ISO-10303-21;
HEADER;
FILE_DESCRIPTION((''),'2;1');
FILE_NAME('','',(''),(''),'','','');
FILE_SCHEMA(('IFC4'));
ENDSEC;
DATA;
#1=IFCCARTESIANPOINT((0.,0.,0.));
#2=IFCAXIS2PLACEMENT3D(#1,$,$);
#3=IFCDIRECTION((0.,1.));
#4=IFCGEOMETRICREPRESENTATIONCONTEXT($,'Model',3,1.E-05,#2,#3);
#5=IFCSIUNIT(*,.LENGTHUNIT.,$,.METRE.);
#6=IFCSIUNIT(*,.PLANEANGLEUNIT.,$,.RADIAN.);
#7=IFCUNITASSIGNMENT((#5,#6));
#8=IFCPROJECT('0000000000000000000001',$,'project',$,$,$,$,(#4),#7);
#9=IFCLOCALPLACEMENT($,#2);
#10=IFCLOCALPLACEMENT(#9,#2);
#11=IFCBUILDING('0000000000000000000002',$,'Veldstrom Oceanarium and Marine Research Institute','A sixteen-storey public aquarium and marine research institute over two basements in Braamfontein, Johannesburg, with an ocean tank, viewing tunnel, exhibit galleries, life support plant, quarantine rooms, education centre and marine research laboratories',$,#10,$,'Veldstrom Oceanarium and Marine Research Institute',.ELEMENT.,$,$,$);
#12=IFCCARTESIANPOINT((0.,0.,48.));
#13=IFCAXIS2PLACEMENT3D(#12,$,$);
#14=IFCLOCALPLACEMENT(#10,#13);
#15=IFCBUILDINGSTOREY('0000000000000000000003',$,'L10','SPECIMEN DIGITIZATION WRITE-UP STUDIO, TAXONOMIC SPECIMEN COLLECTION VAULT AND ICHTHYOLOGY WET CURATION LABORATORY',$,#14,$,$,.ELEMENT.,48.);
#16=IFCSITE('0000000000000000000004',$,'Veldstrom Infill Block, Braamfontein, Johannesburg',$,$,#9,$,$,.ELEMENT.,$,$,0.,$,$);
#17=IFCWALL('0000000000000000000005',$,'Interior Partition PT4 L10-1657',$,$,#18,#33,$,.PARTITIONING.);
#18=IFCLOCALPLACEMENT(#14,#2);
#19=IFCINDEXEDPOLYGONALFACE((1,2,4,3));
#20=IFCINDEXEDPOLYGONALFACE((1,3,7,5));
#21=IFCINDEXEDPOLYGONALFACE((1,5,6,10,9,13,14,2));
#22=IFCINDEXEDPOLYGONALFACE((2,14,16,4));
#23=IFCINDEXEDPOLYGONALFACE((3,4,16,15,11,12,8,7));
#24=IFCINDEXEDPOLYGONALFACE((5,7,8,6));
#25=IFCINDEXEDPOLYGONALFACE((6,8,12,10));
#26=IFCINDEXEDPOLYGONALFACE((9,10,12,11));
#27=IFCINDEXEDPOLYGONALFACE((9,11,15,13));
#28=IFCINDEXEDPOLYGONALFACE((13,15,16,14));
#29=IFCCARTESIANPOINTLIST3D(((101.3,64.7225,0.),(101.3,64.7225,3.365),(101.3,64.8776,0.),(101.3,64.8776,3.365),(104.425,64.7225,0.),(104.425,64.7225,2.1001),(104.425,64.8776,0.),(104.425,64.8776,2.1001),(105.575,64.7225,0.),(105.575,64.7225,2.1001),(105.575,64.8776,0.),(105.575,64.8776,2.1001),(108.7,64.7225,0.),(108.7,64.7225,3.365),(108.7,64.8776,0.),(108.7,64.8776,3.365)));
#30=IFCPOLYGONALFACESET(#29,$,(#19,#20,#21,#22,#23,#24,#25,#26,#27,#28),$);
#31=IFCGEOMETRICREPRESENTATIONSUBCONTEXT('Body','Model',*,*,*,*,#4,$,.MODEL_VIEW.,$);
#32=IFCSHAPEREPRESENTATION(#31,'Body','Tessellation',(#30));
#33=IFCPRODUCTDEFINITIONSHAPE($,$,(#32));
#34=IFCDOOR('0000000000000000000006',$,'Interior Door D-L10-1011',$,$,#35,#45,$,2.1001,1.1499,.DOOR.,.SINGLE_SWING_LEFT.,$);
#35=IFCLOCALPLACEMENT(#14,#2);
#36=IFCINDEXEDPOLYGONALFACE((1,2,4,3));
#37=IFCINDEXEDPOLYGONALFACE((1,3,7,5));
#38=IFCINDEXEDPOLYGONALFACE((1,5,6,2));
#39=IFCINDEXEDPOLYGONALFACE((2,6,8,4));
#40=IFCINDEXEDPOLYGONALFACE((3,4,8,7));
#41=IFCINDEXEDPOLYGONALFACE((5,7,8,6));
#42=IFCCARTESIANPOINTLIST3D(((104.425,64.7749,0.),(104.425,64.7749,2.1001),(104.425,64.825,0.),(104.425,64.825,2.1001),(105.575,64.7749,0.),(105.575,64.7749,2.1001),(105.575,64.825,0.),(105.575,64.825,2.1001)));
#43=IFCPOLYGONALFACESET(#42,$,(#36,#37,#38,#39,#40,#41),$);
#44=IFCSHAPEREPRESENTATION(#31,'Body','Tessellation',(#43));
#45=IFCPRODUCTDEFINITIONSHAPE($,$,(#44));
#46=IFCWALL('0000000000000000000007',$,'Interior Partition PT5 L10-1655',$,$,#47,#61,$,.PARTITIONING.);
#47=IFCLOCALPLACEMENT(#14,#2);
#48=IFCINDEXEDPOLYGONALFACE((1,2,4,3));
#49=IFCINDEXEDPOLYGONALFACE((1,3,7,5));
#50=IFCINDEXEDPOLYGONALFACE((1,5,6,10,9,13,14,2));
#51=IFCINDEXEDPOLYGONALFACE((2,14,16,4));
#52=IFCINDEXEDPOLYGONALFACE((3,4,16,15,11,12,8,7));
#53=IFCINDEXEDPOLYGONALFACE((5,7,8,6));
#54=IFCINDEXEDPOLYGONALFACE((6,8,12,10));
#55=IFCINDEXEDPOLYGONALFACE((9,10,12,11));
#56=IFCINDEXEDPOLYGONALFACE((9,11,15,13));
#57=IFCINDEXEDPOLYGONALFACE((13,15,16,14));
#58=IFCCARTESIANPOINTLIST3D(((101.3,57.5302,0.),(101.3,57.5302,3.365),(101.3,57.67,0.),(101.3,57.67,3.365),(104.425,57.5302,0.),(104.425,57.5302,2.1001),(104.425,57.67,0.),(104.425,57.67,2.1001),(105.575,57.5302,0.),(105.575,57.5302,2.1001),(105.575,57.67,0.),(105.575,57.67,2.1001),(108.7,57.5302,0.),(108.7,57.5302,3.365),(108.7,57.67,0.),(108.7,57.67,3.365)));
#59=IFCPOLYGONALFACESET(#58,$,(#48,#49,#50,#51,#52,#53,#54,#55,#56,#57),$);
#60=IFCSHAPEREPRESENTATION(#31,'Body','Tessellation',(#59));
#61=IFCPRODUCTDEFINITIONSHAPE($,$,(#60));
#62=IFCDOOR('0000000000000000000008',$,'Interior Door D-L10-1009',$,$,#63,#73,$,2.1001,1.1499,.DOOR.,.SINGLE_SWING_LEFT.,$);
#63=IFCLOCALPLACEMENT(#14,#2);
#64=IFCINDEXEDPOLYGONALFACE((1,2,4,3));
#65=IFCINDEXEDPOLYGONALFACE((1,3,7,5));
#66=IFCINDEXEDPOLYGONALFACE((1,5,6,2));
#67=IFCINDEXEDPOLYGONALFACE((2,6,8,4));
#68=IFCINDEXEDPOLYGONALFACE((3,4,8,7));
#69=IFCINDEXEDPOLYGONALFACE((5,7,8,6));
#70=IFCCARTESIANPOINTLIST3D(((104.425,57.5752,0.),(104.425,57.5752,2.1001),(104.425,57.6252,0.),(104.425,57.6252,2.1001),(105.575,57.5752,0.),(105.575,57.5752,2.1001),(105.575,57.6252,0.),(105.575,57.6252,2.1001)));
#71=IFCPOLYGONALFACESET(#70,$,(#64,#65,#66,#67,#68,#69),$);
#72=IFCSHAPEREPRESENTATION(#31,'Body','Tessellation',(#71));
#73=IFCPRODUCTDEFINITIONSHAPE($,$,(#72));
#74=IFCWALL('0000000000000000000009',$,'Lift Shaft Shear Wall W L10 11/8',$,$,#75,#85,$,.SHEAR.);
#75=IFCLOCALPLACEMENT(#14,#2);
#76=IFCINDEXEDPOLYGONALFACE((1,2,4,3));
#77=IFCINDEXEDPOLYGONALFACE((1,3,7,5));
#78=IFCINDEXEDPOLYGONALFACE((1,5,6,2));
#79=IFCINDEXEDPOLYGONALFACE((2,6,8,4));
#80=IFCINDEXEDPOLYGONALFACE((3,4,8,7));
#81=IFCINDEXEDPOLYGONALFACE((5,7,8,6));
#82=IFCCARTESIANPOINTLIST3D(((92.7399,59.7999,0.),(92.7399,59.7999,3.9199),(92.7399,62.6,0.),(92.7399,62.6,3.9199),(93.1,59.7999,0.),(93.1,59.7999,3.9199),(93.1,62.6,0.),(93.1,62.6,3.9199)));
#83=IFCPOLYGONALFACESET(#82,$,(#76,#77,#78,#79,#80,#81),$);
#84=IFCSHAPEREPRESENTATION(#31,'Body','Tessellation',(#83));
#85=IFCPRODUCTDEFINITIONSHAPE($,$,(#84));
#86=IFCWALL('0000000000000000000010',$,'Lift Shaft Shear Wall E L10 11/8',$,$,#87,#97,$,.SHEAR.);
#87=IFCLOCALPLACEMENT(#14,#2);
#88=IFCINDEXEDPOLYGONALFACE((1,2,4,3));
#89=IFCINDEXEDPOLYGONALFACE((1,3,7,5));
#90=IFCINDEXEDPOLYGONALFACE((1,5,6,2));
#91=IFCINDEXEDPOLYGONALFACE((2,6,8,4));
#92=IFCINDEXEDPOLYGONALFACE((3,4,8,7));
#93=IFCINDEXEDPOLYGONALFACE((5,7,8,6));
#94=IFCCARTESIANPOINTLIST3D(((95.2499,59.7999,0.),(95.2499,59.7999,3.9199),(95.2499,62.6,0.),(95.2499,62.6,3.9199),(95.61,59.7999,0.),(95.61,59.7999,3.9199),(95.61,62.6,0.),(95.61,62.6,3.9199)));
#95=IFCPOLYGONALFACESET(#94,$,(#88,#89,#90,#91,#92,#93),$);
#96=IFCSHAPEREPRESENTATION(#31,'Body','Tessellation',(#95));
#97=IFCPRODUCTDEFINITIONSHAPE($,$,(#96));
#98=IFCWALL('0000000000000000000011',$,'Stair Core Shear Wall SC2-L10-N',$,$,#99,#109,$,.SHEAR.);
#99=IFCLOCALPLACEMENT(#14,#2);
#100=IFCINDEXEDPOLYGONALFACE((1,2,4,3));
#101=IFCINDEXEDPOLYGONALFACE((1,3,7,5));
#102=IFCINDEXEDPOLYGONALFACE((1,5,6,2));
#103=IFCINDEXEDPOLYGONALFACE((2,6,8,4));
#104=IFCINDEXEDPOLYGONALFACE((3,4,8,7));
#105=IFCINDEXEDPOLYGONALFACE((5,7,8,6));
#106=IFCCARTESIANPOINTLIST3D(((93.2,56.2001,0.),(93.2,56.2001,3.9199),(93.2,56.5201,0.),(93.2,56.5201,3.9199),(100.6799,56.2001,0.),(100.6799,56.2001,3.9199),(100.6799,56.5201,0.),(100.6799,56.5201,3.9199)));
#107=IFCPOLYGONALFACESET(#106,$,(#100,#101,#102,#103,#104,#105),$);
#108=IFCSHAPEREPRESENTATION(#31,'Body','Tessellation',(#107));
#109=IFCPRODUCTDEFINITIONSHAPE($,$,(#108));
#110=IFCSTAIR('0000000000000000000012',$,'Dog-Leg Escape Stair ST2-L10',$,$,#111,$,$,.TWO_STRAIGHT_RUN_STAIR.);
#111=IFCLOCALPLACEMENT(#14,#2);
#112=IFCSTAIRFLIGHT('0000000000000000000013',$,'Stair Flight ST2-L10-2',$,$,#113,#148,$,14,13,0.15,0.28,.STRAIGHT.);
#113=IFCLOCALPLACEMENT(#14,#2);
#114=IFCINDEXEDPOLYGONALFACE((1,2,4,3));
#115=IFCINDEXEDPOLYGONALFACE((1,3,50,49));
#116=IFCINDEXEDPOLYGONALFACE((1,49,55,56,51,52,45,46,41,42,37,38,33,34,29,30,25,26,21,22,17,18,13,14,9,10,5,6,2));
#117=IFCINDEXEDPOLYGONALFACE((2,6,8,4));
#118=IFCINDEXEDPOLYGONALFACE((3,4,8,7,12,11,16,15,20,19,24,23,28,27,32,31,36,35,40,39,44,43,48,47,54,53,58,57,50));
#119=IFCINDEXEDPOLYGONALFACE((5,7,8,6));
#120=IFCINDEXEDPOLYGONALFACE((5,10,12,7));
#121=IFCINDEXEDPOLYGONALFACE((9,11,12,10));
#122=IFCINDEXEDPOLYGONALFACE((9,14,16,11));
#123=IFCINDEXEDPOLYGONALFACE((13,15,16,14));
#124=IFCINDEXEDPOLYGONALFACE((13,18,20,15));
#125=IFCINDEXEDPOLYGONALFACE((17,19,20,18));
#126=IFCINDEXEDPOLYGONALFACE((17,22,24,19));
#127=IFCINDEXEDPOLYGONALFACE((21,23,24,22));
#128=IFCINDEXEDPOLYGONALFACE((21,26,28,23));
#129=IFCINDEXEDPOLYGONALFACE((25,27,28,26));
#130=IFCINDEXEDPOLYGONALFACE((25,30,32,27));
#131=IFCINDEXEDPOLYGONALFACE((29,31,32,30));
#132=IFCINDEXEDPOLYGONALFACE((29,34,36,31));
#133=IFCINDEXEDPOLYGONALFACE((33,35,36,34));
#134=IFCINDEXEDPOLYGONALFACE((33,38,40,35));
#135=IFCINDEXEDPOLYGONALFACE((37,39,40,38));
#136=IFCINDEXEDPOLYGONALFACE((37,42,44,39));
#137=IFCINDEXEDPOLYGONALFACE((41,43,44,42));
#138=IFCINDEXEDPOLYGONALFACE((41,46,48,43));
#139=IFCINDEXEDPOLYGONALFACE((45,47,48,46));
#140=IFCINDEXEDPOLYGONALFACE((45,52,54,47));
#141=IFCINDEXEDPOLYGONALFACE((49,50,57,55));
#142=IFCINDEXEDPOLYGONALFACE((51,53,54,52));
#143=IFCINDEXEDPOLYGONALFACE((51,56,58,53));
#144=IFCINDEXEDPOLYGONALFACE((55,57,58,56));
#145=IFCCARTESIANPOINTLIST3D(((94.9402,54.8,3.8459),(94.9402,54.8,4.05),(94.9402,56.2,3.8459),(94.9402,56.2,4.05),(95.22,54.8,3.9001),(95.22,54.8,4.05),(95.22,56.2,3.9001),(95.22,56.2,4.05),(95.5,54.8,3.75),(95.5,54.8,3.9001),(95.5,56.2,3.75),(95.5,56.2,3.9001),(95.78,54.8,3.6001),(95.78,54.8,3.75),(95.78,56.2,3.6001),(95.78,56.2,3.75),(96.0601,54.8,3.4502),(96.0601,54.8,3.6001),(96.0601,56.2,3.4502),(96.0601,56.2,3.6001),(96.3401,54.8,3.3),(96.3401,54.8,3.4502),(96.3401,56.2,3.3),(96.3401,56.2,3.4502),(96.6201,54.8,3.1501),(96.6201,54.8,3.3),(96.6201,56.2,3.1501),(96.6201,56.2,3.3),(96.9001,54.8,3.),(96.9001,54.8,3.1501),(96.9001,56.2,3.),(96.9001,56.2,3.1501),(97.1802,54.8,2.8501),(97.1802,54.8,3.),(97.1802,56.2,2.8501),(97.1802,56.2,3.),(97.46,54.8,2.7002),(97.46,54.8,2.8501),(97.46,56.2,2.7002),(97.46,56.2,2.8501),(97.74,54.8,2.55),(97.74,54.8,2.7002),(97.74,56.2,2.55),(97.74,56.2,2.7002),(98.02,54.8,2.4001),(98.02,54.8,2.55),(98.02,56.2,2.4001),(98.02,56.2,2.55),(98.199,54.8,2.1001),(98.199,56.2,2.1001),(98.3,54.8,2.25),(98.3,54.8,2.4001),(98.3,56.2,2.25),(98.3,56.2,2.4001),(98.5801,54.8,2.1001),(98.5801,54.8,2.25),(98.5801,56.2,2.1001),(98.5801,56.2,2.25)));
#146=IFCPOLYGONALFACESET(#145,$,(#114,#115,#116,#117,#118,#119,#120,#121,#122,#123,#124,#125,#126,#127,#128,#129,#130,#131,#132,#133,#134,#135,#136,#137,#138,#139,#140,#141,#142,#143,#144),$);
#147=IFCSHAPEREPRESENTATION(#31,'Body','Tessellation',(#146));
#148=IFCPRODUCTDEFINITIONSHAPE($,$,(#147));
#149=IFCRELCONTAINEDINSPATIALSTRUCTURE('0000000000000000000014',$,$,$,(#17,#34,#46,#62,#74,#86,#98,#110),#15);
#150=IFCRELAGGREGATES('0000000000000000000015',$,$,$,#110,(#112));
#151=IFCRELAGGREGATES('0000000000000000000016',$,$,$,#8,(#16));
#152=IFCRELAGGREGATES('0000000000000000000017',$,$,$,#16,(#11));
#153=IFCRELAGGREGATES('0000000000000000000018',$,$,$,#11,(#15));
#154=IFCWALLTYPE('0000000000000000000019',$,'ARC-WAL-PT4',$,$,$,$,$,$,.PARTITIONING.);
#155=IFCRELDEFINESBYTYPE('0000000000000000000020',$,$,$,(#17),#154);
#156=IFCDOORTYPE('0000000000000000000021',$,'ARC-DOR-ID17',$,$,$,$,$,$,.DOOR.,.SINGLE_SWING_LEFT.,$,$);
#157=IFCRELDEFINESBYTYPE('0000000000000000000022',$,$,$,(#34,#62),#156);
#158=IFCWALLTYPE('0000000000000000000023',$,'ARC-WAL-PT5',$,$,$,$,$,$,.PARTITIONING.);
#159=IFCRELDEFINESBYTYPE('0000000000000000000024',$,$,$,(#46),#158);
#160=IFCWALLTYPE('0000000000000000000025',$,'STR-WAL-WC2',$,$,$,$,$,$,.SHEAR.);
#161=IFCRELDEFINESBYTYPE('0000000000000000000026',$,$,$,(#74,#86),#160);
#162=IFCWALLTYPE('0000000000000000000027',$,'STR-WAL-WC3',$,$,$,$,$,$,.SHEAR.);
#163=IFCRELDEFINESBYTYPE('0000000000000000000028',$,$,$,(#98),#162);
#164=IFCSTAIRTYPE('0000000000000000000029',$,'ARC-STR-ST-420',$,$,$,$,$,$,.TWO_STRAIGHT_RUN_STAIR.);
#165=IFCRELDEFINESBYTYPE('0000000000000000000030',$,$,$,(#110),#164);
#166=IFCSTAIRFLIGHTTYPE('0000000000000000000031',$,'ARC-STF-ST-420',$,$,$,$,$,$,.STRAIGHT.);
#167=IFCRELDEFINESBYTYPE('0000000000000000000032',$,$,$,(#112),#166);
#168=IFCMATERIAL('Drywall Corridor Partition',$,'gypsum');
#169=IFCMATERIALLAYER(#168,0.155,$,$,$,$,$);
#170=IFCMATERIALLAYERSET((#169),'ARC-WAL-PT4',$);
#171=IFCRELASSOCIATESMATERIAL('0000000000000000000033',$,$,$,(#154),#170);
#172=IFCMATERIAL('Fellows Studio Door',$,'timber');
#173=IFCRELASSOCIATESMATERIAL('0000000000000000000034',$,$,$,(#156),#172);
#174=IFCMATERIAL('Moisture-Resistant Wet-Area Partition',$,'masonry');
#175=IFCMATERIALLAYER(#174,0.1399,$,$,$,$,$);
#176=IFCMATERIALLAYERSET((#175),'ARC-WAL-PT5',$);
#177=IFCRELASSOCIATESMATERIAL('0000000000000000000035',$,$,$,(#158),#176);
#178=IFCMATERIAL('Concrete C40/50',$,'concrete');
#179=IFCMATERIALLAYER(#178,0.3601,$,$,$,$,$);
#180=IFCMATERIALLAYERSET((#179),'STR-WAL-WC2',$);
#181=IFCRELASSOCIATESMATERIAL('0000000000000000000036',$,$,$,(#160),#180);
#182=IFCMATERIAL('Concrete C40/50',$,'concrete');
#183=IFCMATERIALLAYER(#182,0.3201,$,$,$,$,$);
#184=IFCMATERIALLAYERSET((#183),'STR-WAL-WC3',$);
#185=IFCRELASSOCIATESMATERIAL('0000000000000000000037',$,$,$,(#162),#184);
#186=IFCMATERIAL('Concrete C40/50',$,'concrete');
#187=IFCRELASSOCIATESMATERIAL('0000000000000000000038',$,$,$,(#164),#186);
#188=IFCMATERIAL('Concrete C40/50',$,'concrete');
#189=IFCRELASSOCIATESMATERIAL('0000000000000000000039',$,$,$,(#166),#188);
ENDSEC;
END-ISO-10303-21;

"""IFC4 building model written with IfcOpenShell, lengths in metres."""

from ifc_helpers import new_model, si_unit, direction, frame, frame_2d, origin, place, context, subcontext, project, spatial, polyline, rectangle, outline, extrude, material, layer, layer_set, type_object, element, fill, aggregate, save


model = new_model("IFC4")

# Units and contexts
model_context = context("Model", 3, precision=1e-05, world=origin(), true_north=direction((0.0, 1.0)))
body_context = subcontext(model_context, "Body", "Model", "MODEL_VIEW")
ifc_project = project(units=[si_unit("LENGTHUNIT", "METRE"), si_unit("PLANEANGLEUNIT", "RADIAN")], contexts=[model_context])

# Site, building, storey
site_placement = place(None, origin())
site = spatial("IfcSite", under=ifc_project, at=site_placement, Name="Veldstrom Infill Block, Braamfontein, Johannesburg", CompositionType="ELEMENT", RefElevation=0.0)
building_placement = place(site_placement, origin())
building = spatial("IfcBuilding", under=site, at=building_placement, Name="Veldstrom Oceanarium and Marine Research Institute", Description="A sixteen-storey public aquarium and marine research institute over two basements in Braamfontein, Johannesburg, with an ocean tank, viewing tunnel, exhibit galleries, life support plant, quarantine rooms, education centre and marine research laboratories", LongName="Veldstrom Oceanarium and Marine Research Institute", CompositionType="ELEMENT")
storey_placement = place(building_placement, frame((0.0, 0.0, 48.0)))
storey = spatial("IfcBuildingStorey", under=building, at=storey_placement, Name="L10", Description="SPECIMEN DIGITIZATION WRITE-UP STUDIO, TAXONOMIC SPECIMEN COLLECTION VAULT AND ICHTHYOLOGY WET CURATION LABORATORY", CompositionType="ELEMENT", Elevation=48.0)

# Walls, openings, doors
ifc_material_1 = material(Name="Drywall Corridor Partition", Category="gypsum")
ifc_layer_1 = layer(ifc_material_1, 0.155)
ifc_layer_set_1 = layer_set([ifc_layer_1], Name="ARC-WAL-PT4")
wall_type_1 = type_object("IfcWallType", Name="ARC-WAL-PT4", PredefinedType="PARTITIONING", material=ifc_layer_set_1)
wall_1_placement = place(storey_placement, frame((101.3, 64.8, 0.0), z_axis=(0.0, 0.0, 1.0), x_axis=(1.0, 0.0, 0.0)))
wall_1 = element("IfcWall", 1, at=wall_1_placement, inside=storey, type_object=wall_type_1, Name="Interior Partition PT4 L10-1657", PredefinedType="PARTITIONING", context=body_context, shape_type="SweptSolid", body=[
    extrude(rectangle(XDim=7.3999, YDim=0.155, at=frame_2d((3.7, 0.0))), origin(), (0.0, 0.0, 1.0), 3.365),
])
opening_1_placement = place(wall_1_placement, frame((3.125, 0.0, 0.0)))
opening_1 = element("IfcOpeningElement", 2, at=opening_1_placement, cuts=wall_1, PredefinedType="OPENING", context=body_context, shape_type="SweptSolid", body=[
    extrude(rectangle(XDim=1.1499, YDim=2.1001, at=frame_2d((0.575, 1.05))), frame((0.0, 0.0874, 0.0), z_axis=(0.0, -1.0, 0.0), x_axis=(1.0, 0.0, 0.0)), (0.0, 0.0, 1.0), 0.175),
])
ifc_material_2 = material(Name="Fellows Studio Door", Category="timber")
door_type = type_object("IfcDoorType", Name="ARC-DOR-ID17", OperationType="SINGLE_SWING_LEFT", PredefinedType="DOOR", material=ifc_material_2)
door_1_placement = place(opening_1_placement, origin())
door_1 = element("IfcDoor", 3, at=door_1_placement, inside=storey, type_object=door_type, Name="Interior Door D-L10-1011", OperationType="SINGLE_SWING_LEFT", OverallHeight=2.1001, OverallWidth=1.1499, PredefinedType="DOOR", context=body_context, shape_type="SweptSolid", body=[
    extrude(rectangle(XDim=1.1499, YDim=2.1001, at=frame_2d((0.575, 1.05))), frame((0.0, 0.0249, 0.0), z_axis=(0.0, -1.0, 0.0), x_axis=(1.0, 0.0, 0.0)), (0.0, 0.0, 1.0), 0.05),
])
fill(opening_1, door_1)
ifc_material_3 = material(Name="Moisture-Resistant Wet-Area Partition", Category="masonry")
ifc_layer_2 = layer(ifc_material_3, 0.1399)
ifc_layer_set_2 = layer_set([ifc_layer_2], Name="ARC-WAL-PT5")
wall_type_2 = type_object("IfcWallType", Name="ARC-WAL-PT5", PredefinedType="PARTITIONING", material=ifc_layer_set_2)
wall_2_placement = place(storey_placement, frame((101.3, 57.6001, 0.0), z_axis=(0.0, 0.0, 1.0), x_axis=(1.0, 0.0, 0.0)))
wall_2 = element("IfcWall", 4, at=wall_2_placement, inside=storey, type_object=wall_type_2, Name="Interior Partition PT5 L10-1655", PredefinedType="PARTITIONING", context=body_context, shape_type="SweptSolid", body=[
    extrude(rectangle(XDim=7.3999, YDim=0.1399, at=frame_2d((3.7, 0.0))), origin(), (0.0, 0.0, 1.0), 3.365),
])
opening_2_placement = place(wall_2_placement, frame((3.125, 0.0, 0.0)))
opening_2 = element("IfcOpeningElement", 5, at=opening_2_placement, cuts=wall_2, PredefinedType="OPENING", context=body_context, shape_type="SweptSolid", body=[
    extrude(rectangle(XDim=1.1499, YDim=2.1001, at=frame_2d((0.575, 1.05))), frame((0.0, 0.0798, 0.0), z_axis=(0.0, -1.0, 0.0), x_axis=(1.0, 0.0, 0.0)), (0.0, 0.0, 1.0), 0.1599),
])
door_2_placement = place(opening_2_placement, frame((1.1499, 0.0, 0.0), z_axis=(0.0, 0.0, 1.0), x_axis=(-1.0, 0.0, 0.0)))
door_2 = element("IfcDoor", 6, at=door_2_placement, inside=storey, type_object=door_type, Name="Interior Door D-L10-1009", OperationType="SINGLE_SWING_LEFT", OverallHeight=2.1001, OverallWidth=1.1499, PredefinedType="DOOR", context=body_context, shape_type="SweptSolid", body=[
    extrude(rectangle(XDim=1.1499, YDim=2.1001, at=frame_2d((0.575, 1.05))), frame((0.0, 0.0249, 0.0), z_axis=(0.0, -1.0, 0.0), x_axis=(1.0, 0.0, 0.0)), (0.0, 0.0, 1.0), 0.05),
])
fill(opening_2, door_2)

# Walls
ifc_material_4 = material(Name="Concrete C40/50", Category="concrete")
ifc_layer_3 = layer(ifc_material_4, 0.3601)
ifc_layer_set_3 = layer_set([ifc_layer_3], Name="STR-WAL-WC2")
wall_type_3 = type_object("IfcWallType", Name="STR-WAL-WC2", PredefinedType="SHEAR", material=ifc_layer_set_3)
for number, where, z_axis, x_axis, name in (
    (7, (92.9199, 59.8, 0.0), (0.0, 0.0, 1.0), (0.0, 1.0, 0.0), "Lift Shaft Shear Wall W L10 11/8"),
    (8, (95.4299, 59.8, 0.0), (0.0, 0.0, 1.0), (0.0, 1.0, 0.0), "Lift Shaft Shear Wall E L10 11/8"),
):
    element("IfcWall", number, at=place(storey_placement, frame(where, z_axis=z_axis, x_axis=x_axis)), inside=storey, type_object=wall_type_3, Name=name, PredefinedType="SHEAR", context=body_context, shape_type="SweptSolid", body=[
        extrude(rectangle(XDim=2.8, YDim=0.3601, at=frame_2d((1.3999, 0.0))), origin(), (0.0, 0.0, 1.0), 3.9199),
    ])
ifc_material_5 = material(Name="Concrete C40/50", Category="concrete")
ifc_layer_4 = layer(ifc_material_5, 0.3201)
ifc_layer_set_4 = layer_set([ifc_layer_4], Name="STR-WAL-WC3")
wall_type_4 = type_object("IfcWallType", Name="STR-WAL-WC3", PredefinedType="SHEAR", material=ifc_layer_set_4)
wall_3_placement = place(storey_placement, frame((93.2, 56.3601, 0.0), z_axis=(0.0, 0.0, 1.0), x_axis=(1.0, 0.0, 0.0)))
element("IfcWall", 9, at=wall_3_placement, inside=storey, type_object=wall_type_4, Name="Stair Core Shear Wall SC2-L10-N", PredefinedType="SHEAR", context=body_context, shape_type="SweptSolid", body=[
    extrude(rectangle(XDim=7.48, YDim=0.3201, at=frame_2d((3.74, 0.0))), origin(), (0.0, 0.0, 1.0), 3.9199),
])

# Stair, stair flight
ifc_material_6 = material(Name="Concrete C40/50", Category="concrete")
stair_type = type_object("IfcStairType", Name="ARC-STR-ST-420", PredefinedType="TWO_STRAIGHT_RUN_STAIR", material=ifc_material_6)
stair_placement = place(storey_placement, origin())
stair = element("IfcStair", 10, at=stair_placement, inside=storey, type_object=stair_type, Name="Dog-Leg Escape Stair ST2-L10", PredefinedType="TWO_STRAIGHT_RUN_STAIR")
ifc_material_7 = material(Name="Concrete C40/50", Category="concrete")
stair_flight_type = type_object("IfcStairFlightType", Name="ARC-STF-ST-420", PredefinedType="STRAIGHT", material=ifc_material_7)
stair_flight_placement = place(storey_placement, frame((98.5801, 55.5, 2.1001), z_axis=(0.0, 0.0, 1.0), x_axis=(-1.0, 0.0, 0.0)))
stair_flight = element("IfcStairFlight", 11, at=stair_flight_placement, type_object=stair_flight_type, Name="Stair Flight ST2-L10-2", NumberOfRisers=14, NumberOfTreads=13, PredefinedType="STRAIGHT", RiserHeight=0.15, TreadLength=0.28, context=body_context, shape_type="SweptSolid", body=[
    extrude(outline(polyline([(0.0, 0.0), (0.0, 0.1499), (0.28, 0.1499), (0.28, 0.3), (0.5601, 0.3), (0.5601, 0.45), (0.8401, 0.45), (0.8401, 0.6001), (1.1201, 0.6001), (1.1201, 0.75), (1.3999, 0.75), (1.3999, 0.8999), (1.6799, 0.8999), (1.6799, 1.05), (1.96, 1.05), (1.96, 1.2), (2.24, 1.2), (2.24, 1.3501), (2.52, 1.3501), (2.52, 1.5), (2.8, 1.5), (2.8, 1.6499), (3.0801, 1.6499), (3.0801, 1.8), (3.3601, 1.8), (3.3601, 1.95), (3.6399, 1.95), (3.6399, 2.1001), (3.6399, 1.7458), (0.3811, 0.0), (0.0, 0.0)])), frame((0.0, 0.7, 0.0), z_axis=(0.0, -1.0, 0.0), x_axis=(1.0, 0.0, 0.0)), (0.0, 0.0, 1.0), 1.3999),
])
aggregate(stair, [stair_flight])

save(model, "model.ifc")
